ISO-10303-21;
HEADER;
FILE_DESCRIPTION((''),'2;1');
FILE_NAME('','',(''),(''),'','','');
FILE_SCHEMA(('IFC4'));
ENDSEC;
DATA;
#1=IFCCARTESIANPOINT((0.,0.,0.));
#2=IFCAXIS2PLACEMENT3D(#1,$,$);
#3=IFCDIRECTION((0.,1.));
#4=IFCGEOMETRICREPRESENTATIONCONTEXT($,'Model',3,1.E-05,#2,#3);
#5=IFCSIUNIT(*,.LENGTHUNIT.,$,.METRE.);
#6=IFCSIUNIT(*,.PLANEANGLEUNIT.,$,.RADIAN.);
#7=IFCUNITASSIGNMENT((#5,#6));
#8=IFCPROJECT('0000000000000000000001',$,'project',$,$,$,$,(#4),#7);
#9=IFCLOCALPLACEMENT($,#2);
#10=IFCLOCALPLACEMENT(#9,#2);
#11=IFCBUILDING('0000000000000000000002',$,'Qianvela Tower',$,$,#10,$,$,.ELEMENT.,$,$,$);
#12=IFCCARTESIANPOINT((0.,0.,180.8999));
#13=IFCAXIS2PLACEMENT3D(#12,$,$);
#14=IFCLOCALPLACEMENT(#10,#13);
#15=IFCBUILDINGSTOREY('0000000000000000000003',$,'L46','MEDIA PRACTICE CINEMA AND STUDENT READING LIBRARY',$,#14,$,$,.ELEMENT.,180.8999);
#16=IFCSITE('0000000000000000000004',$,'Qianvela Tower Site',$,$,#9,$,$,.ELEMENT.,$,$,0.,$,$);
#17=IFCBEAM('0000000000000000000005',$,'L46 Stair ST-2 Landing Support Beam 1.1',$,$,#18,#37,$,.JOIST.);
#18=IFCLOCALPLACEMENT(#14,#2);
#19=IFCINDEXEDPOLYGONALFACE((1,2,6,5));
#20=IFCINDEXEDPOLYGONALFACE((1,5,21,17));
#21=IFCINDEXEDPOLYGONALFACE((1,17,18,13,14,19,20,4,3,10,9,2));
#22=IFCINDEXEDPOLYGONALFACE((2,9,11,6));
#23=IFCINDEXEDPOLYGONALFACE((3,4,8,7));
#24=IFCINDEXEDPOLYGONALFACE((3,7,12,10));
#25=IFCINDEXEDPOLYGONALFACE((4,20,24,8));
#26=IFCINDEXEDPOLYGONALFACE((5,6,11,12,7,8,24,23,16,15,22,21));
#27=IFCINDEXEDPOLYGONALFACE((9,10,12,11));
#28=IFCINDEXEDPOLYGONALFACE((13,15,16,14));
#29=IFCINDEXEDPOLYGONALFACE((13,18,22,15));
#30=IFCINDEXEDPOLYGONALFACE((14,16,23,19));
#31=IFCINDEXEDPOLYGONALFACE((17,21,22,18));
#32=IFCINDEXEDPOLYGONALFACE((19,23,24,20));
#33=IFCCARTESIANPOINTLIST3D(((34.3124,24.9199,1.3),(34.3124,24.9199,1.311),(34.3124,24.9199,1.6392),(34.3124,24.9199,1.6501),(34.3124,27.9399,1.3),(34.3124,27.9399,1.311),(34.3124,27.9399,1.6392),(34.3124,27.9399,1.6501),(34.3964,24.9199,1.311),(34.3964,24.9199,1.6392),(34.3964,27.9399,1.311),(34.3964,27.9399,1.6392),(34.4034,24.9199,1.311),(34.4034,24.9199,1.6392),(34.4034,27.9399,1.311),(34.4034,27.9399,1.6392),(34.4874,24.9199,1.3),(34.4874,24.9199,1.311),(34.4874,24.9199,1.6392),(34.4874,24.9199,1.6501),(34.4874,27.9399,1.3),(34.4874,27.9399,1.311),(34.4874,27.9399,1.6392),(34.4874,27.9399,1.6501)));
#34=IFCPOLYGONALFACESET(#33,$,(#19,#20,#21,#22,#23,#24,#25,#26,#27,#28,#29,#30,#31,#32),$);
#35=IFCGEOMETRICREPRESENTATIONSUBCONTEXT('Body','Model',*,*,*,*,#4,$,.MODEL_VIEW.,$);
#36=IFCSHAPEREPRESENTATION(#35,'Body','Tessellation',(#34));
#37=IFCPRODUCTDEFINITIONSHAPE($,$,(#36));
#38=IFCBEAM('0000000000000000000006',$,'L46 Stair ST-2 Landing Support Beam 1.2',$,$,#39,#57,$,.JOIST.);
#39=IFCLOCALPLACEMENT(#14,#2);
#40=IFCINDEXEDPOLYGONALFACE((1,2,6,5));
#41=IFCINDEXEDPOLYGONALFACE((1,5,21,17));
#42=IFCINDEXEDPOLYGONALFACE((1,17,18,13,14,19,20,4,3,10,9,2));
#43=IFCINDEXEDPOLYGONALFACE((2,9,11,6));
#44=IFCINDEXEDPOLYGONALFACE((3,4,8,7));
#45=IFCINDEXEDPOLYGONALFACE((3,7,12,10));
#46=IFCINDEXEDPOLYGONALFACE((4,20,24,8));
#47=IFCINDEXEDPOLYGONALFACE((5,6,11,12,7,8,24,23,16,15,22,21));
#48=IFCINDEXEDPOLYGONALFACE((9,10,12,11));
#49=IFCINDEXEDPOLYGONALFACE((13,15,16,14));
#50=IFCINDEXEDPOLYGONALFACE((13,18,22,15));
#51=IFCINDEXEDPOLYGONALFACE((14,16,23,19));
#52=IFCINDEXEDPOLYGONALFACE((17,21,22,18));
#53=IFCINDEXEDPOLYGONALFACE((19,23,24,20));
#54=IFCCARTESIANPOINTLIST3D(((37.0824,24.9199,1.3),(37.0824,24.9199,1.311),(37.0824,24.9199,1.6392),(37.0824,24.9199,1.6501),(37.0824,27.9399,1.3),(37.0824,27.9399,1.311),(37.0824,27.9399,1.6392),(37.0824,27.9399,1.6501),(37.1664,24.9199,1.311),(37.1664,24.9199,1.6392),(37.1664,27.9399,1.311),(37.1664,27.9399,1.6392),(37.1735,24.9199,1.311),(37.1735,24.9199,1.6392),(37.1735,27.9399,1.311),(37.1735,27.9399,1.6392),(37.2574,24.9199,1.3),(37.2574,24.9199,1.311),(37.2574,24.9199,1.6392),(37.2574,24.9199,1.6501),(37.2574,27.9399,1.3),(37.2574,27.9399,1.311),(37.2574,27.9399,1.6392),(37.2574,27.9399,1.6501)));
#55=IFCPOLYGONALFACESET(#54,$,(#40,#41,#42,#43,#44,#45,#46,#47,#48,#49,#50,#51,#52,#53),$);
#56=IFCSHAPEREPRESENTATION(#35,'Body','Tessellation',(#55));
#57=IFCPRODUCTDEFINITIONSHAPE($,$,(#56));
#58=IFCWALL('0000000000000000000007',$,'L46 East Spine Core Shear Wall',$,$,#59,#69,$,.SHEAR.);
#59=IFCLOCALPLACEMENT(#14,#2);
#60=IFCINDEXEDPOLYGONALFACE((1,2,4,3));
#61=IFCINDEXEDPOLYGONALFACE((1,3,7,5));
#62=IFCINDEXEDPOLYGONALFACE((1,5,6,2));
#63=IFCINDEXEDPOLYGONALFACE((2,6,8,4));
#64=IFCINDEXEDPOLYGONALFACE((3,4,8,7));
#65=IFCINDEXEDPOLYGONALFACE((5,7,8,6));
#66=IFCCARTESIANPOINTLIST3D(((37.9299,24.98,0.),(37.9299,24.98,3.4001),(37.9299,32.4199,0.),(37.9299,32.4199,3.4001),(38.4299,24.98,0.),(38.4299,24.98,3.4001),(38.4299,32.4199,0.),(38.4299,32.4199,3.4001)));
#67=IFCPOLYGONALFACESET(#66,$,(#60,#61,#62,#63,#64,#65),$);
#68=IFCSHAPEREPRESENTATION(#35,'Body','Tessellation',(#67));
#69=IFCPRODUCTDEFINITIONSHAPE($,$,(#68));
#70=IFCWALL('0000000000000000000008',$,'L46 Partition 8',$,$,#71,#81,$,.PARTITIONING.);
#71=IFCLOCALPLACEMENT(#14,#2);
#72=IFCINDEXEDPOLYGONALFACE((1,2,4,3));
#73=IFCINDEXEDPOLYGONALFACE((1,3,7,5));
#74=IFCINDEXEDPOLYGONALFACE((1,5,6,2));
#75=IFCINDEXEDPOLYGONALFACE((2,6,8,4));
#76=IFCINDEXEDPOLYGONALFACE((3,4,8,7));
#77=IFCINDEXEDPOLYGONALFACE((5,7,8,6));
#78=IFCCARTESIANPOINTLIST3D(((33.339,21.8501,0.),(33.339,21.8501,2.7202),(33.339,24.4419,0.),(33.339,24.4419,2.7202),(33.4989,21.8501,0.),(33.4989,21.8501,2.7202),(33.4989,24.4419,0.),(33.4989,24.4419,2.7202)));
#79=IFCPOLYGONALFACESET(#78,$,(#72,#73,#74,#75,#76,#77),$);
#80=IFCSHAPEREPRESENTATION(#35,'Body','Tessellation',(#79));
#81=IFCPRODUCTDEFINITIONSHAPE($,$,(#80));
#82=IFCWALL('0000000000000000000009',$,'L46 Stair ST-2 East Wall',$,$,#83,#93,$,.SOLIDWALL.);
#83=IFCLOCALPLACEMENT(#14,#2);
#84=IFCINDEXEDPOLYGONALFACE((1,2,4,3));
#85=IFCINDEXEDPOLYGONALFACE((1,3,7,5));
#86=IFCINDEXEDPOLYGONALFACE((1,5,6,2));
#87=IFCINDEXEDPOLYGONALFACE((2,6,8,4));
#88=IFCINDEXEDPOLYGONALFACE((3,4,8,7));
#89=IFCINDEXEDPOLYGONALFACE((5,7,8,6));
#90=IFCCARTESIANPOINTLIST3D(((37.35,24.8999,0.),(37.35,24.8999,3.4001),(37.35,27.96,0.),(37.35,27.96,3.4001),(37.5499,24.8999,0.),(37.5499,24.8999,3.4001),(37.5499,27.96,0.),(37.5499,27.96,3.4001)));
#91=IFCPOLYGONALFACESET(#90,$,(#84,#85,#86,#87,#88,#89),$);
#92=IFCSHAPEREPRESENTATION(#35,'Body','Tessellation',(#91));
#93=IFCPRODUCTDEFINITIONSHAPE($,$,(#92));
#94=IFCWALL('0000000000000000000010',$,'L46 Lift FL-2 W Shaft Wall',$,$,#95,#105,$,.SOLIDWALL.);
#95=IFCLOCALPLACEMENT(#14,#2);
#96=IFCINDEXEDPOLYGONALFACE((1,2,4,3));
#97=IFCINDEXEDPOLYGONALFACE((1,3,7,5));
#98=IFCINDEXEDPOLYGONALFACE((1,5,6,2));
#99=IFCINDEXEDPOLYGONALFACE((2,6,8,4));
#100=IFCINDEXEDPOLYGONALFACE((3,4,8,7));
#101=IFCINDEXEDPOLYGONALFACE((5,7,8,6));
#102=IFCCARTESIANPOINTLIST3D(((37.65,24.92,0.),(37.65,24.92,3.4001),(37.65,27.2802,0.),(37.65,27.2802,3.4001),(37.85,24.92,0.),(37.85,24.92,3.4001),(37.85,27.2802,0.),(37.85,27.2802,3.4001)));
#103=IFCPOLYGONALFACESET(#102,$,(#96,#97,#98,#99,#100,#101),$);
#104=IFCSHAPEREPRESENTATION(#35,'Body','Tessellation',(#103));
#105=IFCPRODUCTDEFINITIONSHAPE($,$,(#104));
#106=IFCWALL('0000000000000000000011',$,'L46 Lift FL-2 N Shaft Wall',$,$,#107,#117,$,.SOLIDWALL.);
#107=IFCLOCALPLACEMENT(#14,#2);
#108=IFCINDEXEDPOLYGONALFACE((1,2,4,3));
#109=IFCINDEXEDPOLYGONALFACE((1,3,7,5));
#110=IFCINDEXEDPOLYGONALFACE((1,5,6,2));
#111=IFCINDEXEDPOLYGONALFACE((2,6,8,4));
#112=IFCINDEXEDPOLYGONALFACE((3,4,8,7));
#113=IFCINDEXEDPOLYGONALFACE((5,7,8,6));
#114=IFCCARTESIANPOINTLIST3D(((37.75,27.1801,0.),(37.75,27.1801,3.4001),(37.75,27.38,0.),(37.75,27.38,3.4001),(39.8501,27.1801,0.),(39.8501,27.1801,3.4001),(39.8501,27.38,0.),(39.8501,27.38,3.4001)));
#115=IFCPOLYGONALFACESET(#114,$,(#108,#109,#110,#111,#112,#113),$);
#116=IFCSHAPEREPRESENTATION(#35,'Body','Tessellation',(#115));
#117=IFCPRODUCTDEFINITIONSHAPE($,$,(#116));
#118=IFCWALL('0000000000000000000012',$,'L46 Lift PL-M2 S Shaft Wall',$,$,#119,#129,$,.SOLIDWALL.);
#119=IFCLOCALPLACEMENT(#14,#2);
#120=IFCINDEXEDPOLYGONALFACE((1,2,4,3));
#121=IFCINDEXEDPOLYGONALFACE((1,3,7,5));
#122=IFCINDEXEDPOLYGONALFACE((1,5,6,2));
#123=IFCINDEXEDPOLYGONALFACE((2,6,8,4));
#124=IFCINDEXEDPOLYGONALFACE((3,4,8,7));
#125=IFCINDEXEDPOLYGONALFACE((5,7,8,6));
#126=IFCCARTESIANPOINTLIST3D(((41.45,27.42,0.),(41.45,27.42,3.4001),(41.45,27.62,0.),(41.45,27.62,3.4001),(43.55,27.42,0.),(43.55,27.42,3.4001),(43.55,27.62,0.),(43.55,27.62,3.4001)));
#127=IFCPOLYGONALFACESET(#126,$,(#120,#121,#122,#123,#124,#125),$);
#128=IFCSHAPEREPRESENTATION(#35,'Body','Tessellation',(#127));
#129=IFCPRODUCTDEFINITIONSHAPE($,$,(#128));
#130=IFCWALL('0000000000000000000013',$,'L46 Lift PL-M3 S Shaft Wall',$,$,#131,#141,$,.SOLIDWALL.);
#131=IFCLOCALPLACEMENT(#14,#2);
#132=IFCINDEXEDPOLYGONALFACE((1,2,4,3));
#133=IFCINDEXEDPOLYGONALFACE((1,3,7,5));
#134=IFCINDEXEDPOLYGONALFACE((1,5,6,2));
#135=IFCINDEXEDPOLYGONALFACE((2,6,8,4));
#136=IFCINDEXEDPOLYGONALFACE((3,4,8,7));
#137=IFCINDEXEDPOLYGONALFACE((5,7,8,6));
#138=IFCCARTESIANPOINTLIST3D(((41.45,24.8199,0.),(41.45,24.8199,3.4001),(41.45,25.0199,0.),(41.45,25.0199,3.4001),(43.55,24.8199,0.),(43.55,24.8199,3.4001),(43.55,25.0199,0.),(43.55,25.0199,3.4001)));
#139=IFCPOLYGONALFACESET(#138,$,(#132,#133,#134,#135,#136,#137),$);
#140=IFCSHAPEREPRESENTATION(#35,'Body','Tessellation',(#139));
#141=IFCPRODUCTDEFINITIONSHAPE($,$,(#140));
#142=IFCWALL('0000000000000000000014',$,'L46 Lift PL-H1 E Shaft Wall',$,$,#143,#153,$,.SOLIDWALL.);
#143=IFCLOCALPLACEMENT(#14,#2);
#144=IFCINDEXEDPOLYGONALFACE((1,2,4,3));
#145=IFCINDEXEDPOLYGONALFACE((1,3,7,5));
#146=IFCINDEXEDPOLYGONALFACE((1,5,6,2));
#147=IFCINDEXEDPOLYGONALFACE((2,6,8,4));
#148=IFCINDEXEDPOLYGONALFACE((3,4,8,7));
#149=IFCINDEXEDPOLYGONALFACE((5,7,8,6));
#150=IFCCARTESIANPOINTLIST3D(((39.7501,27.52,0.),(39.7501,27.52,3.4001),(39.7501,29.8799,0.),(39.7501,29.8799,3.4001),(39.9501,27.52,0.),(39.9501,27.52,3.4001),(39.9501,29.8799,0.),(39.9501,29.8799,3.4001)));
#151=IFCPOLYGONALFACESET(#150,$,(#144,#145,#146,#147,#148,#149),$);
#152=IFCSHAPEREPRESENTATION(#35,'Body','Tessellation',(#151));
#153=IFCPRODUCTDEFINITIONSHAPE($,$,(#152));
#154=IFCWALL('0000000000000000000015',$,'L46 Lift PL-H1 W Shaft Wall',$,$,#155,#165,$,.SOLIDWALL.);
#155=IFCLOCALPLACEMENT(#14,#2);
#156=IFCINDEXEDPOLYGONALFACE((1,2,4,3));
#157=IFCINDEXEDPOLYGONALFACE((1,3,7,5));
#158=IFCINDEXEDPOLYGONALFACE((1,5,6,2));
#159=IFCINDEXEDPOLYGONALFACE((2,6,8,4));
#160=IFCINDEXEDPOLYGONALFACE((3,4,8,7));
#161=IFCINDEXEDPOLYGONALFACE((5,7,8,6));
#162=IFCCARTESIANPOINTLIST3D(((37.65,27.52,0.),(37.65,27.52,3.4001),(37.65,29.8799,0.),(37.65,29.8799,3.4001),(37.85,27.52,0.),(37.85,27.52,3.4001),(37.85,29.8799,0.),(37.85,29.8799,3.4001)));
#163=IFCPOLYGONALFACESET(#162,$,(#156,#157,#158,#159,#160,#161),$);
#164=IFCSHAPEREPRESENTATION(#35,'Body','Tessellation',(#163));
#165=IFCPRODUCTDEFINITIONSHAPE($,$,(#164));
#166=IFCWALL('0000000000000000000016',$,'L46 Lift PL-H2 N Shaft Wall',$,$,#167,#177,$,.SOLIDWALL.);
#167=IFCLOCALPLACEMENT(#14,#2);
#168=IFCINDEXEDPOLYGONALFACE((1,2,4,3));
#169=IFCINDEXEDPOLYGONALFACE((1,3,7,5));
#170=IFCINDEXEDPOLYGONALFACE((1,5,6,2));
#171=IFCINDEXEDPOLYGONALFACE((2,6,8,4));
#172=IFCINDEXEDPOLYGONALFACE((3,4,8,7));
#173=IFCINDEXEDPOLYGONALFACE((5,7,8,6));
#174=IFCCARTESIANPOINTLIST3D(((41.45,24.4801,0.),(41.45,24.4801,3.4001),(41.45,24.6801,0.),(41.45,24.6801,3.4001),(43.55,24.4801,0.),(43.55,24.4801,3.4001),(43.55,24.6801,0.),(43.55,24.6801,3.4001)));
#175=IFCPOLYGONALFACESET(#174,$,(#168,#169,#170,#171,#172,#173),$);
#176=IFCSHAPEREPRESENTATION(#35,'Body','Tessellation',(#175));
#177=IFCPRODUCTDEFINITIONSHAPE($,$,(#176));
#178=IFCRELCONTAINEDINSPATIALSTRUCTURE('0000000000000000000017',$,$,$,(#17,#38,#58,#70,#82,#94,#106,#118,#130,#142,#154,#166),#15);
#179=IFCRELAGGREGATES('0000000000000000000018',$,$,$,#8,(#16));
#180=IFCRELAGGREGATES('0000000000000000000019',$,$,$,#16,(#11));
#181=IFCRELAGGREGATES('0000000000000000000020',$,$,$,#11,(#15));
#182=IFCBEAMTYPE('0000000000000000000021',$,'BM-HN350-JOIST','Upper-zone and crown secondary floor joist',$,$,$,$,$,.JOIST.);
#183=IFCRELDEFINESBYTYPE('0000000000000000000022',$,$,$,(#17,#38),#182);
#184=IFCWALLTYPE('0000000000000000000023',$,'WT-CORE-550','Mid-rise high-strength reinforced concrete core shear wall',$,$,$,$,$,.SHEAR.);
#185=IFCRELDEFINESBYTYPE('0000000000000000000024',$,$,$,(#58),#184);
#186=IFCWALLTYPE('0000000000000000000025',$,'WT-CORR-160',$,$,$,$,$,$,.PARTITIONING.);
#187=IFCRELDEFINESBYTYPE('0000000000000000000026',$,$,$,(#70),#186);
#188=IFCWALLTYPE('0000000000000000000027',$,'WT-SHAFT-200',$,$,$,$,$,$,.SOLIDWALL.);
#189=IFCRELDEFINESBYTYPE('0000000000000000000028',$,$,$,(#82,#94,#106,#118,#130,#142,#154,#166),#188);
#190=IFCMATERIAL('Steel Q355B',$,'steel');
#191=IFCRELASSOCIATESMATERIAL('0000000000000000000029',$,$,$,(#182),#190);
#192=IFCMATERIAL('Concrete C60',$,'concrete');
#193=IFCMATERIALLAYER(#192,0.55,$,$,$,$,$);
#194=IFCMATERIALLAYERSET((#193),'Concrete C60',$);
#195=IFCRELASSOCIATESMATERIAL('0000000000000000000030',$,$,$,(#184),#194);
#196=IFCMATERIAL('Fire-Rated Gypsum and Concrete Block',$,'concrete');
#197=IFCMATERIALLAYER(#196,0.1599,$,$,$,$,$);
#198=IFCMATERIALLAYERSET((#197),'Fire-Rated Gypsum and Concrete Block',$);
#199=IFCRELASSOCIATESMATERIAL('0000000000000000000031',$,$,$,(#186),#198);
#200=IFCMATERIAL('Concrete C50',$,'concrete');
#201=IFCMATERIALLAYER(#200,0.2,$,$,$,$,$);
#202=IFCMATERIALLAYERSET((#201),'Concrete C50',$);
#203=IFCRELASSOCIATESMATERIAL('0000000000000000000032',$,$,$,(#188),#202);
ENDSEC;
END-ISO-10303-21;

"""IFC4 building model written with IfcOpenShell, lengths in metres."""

from ifc_helpers import new_model, si_unit, direction, frame, frame_2d, origin, origin_2d, place, context, subcontext, project, spatial, rectangle, i_section, extrude, material, layer, layer_set, material_profile, profile_set, type_object, element, save


model = new_model("IFC4")

# Units and contexts
model_context = context("Model", 3, precision=1e-05, world=origin(), true_north=direction((0.0, 1.0)))
body_context = subcontext(model_context, "Body", "Model", "MODEL_VIEW")
ifc_project = project(units=[si_unit("LENGTHUNIT", "METRE"), si_unit("PLANEANGLEUNIT", "RADIAN")], contexts=[model_context])

# Site, building, storey
site_placement = place(None, origin())
site = spatial("IfcSite", under=ifc_project, at=site_placement, Name="Qianvela Tower Site", CompositionType="ELEMENT", RefElevation=0.0)
building_placement = place(site_placement, origin())
building = spatial("IfcBuilding", under=site, at=building_placement, Name="Qianvela Tower", CompositionType="ELEMENT")
storey_placement = place(building_placement, frame((0.0, 0.0, 180.8999)))
storey = spatial("IfcBuildingStorey", under=building, at=storey_placement, Name="L46", Description="MEDIA PRACTICE CINEMA AND STUDENT READING LIBRARY", CompositionType="ELEMENT", Elevation=180.8999)

# Beams
ifc_material_1 = material(Name="Steel Q355B", Category="steel")
ifc_material_profile = material_profile(ifc_material_1, i_section(OverallWidth=0.175, OverallDepth=0.3501, WebThickness=0.0071, FlangeThickness=0.011, at=origin_2d()), Name="HN350x175x7x11")
ifc_profile_set = profile_set([ifc_material_profile], Name="Steel Q355B")
beam_type = type_object("IfcBeamType", Name="BM-HN350-JOIST", Description="Upper-zone and crown secondary floor joist", PredefinedType="JOIST", material=ifc_profile_set)
for number, where, z_axis, x_axis, name in (
    (1, (34.3999, 24.9199, 1.4751), (0.0, 1.0, 0.0), (-1.0, 0.0, 0.0), "L46 Stair ST-2 Landing Support Beam 1.1"),
    (2, (37.1699, 24.9199, 1.4751), (0.0, 1.0, 0.0), (-1.0, 0.0, 0.0), "L46 Stair ST-2 Landing Support Beam 1.2"),
):
    element("IfcBeam", number, at=place(storey_placement, frame(where, z_axis=z_axis, x_axis=x_axis)), inside=storey, type_object=beam_type, Name=name, PredefinedType="JOIST", context=body_context, shape_type="SweptSolid", body=[
        extrude(i_section(OverallWidth=0.175, OverallDepth=0.3501, WebThickness=0.0071, FlangeThickness=0.011, at=origin_2d()), origin(), (0.0, 0.0, 1.0), 3.02),
    ])

# Walls
ifc_material_2 = material(Name="Concrete C60", Category="concrete")
ifc_layer_1 = layer(ifc_material_2, 0.55)
ifc_layer_set_1 = layer_set([ifc_layer_1], Name="Concrete C60")
wall_type_1 = type_object("IfcWallType", Name="WT-CORE-550", Description="Mid-rise high-strength reinforced concrete core shear wall", PredefinedType="SHEAR", material=ifc_layer_set_1)
wall_1_placement = place(storey_placement, frame((38.1799, 24.98, 0.0), z_axis=(0.0, 0.0, 1.0), x_axis=(0.0, 1.0, 0.0)))
element("IfcWall", 3, at=wall_1_placement, inside=storey, type_object=wall_type_1, Name="L46 East Spine Core Shear Wall", PredefinedType="SHEAR", context=body_context, shape_type="SweptSolid", body=[
    extrude(rectangle(XDim=7.4399, YDim=0.5, at=frame_2d((3.72, 0.0))), origin(), (0.0, 0.0, 1.0), 3.4001),
])
ifc_material_3 = material(Name="Fire-Rated Gypsum and Concrete Block", Category="concrete")
ifc_layer_2 = layer(ifc_material_3, 0.1599)
ifc_layer_set_2 = layer_set([ifc_layer_2], Name="Fire-Rated Gypsum and Concrete Block")
wall_type_2 = type_object("IfcWallType", Name="WT-CORR-160", PredefinedType="PARTITIONING", material=ifc_layer_set_2)
wall_2_placement = place(storey_placement, frame((33.4189, 24.4419, 0.0), z_axis=(0.0, 0.0, 1.0), x_axis=(0.0, -1.0, 0.0)))
element("IfcWall", 4, at=wall_2_placement, inside=storey, type_object=wall_type_2, Name="L46 Partition 8", PredefinedType="PARTITIONING", context=body_context, shape_type="SweptSolid", body=[
    extrude(rectangle(XDim=2.5918, YDim=0.1599, at=frame_2d((1.2959, 0.0))), origin(), (0.0, 0.0, 1.0), 2.7202),
])
ifc_material_4 = material(Name="Concrete C50", Category="concrete")
ifc_layer_3 = layer(ifc_material_4, 0.2)
ifc_layer_set_3 = layer_set([ifc_layer_3], Name="Concrete C50")
wall_type_3 = type_object("IfcWallType", Name="WT-SHAFT-200", PredefinedType="SOLIDWALL", material=ifc_layer_set_3)
wall_3_placement = place(storey_placement, frame((37.45, 24.8999, 0.0), z_axis=(0.0, 0.0, 1.0), x_axis=(0.0, 1.0, 0.0)))
element("IfcWall", 5, at=wall_3_placement, inside=storey, type_object=wall_type_3, Name="L46 Stair ST-2 East Wall", PredefinedType="SOLIDWALL", context=body_context, shape_type="SweptSolid", body=[
    extrude(rectangle(XDim=3.0601, YDim=0.2, at=frame_2d((1.53, 0.0))), origin(), (0.0, 0.0, 1.0), 3.4001),
])

# Walls
wall_4_placement = place(storey_placement, frame((37.75, 24.9199, 0.0), z_axis=(0.0, 0.0, 1.0), x_axis=(0.0, 1.0, 0.0)))
element("IfcWall", 6, at=wall_4_placement, inside=storey, type_object=wall_type_3, Name="L46 Lift FL-2 W Shaft Wall", PredefinedType="SOLIDWALL", context=body_context, shape_type="SweptSolid", body=[
    extrude(rectangle(XDim=2.3601, YDim=0.2, at=frame_2d((1.1802, 0.0))), origin(), (0.0, 0.0, 1.0), 3.4001),
])
wall_5_placement = place(storey_placement, frame((37.75, 27.28, 0.0), z_axis=(0.0, 0.0, 1.0), x_axis=(1.0, 0.0, 0.0)))
element("IfcWall", 7, at=wall_5_placement, inside=storey, type_object=wall_type_3, Name="L46 Lift FL-2 N Shaft Wall", PredefinedType="SOLIDWALL", context=body_context, shape_type="SweptSolid", body=[
    extrude(rectangle(XDim=2.1001, YDim=0.2, at=frame_2d((1.05, 0.0))), origin(), (0.0, 0.0, 1.0), 3.4001),
])

# Wall
wall_6_placement = place(storey_placement, frame((41.45, 27.52, 0.0), z_axis=(0.0, 0.0, 1.0), x_axis=(1.0, 0.0, 0.0)))
element("IfcWall", 8, at=wall_6_placement, inside=storey, type_object=wall_type_3, Name="L46 Lift PL-M2 S Shaft Wall", PredefinedType="SOLIDWALL", context=body_context, shape_type="SweptSolid", body=[
    extrude(rectangle(XDim=2.1001, YDim=0.2, at=frame_2d((1.05, 0.0))), origin(), (0.0, 0.0, 1.0), 3.4001),
])

# Walls
wall_7_placement = place(storey_placement, frame((41.45, 24.9199, 0.0), z_axis=(0.0, 0.0, 1.0), x_axis=(1.0, 0.0, 0.0)))
element("IfcWall", 9, at=wall_7_placement, inside=storey, type_object=wall_type_3, Name="L46 Lift PL-M3 S Shaft Wall", PredefinedType="SOLIDWALL", context=body_context, shape_type="SweptSolid", body=[
    extrude(rectangle(XDim=2.1001, YDim=0.2, at=frame_2d((1.05, 0.0))), origin(), (0.0, 0.0, 1.0), 3.4001),
])
for number, where, z_axis, x_axis, name in (
    (10, (39.8501, 27.52, 0.0), (0.0, 0.0, 1.0), (0.0, 1.0, 0.0), "L46 Lift PL-H1 E Shaft Wall"),
    (11, (37.75, 27.52, 0.0), (0.0, 0.0, 1.0), (0.0, 1.0, 0.0), "L46 Lift PL-H1 W Shaft Wall"),
):
    element("IfcWall", number, at=place(storey_placement, frame(where, z_axis=z_axis, x_axis=x_axis)), inside=storey, type_object=wall_type_3, Name=name, PredefinedType="SOLIDWALL", context=body_context, shape_type="SweptSolid", body=[
        extrude(rectangle(XDim=2.3599, YDim=0.2, at=frame_2d((1.1799, 0.0))), origin(), (0.0, 0.0, 1.0), 3.4001),
    ])
wall_8_placement = place(storey_placement, frame((41.45, 24.5801, 0.0), z_axis=(0.0, 0.0, 1.0), x_axis=(1.0, 0.0, 0.0)))
element("IfcWall", 12, at=wall_8_placement, inside=storey, type_object=wall_type_3, Name="L46 Lift PL-H2 N Shaft Wall", PredefinedType="SOLIDWALL", context=body_context, shape_type="SweptSolid", body=[
    extrude(rectangle(XDim=2.1001, YDim=0.2, at=frame_2d((1.05, 0.0))), origin(), (0.0, 0.0, 1.0), 3.4001),
])

save(model, "model.ifc")
